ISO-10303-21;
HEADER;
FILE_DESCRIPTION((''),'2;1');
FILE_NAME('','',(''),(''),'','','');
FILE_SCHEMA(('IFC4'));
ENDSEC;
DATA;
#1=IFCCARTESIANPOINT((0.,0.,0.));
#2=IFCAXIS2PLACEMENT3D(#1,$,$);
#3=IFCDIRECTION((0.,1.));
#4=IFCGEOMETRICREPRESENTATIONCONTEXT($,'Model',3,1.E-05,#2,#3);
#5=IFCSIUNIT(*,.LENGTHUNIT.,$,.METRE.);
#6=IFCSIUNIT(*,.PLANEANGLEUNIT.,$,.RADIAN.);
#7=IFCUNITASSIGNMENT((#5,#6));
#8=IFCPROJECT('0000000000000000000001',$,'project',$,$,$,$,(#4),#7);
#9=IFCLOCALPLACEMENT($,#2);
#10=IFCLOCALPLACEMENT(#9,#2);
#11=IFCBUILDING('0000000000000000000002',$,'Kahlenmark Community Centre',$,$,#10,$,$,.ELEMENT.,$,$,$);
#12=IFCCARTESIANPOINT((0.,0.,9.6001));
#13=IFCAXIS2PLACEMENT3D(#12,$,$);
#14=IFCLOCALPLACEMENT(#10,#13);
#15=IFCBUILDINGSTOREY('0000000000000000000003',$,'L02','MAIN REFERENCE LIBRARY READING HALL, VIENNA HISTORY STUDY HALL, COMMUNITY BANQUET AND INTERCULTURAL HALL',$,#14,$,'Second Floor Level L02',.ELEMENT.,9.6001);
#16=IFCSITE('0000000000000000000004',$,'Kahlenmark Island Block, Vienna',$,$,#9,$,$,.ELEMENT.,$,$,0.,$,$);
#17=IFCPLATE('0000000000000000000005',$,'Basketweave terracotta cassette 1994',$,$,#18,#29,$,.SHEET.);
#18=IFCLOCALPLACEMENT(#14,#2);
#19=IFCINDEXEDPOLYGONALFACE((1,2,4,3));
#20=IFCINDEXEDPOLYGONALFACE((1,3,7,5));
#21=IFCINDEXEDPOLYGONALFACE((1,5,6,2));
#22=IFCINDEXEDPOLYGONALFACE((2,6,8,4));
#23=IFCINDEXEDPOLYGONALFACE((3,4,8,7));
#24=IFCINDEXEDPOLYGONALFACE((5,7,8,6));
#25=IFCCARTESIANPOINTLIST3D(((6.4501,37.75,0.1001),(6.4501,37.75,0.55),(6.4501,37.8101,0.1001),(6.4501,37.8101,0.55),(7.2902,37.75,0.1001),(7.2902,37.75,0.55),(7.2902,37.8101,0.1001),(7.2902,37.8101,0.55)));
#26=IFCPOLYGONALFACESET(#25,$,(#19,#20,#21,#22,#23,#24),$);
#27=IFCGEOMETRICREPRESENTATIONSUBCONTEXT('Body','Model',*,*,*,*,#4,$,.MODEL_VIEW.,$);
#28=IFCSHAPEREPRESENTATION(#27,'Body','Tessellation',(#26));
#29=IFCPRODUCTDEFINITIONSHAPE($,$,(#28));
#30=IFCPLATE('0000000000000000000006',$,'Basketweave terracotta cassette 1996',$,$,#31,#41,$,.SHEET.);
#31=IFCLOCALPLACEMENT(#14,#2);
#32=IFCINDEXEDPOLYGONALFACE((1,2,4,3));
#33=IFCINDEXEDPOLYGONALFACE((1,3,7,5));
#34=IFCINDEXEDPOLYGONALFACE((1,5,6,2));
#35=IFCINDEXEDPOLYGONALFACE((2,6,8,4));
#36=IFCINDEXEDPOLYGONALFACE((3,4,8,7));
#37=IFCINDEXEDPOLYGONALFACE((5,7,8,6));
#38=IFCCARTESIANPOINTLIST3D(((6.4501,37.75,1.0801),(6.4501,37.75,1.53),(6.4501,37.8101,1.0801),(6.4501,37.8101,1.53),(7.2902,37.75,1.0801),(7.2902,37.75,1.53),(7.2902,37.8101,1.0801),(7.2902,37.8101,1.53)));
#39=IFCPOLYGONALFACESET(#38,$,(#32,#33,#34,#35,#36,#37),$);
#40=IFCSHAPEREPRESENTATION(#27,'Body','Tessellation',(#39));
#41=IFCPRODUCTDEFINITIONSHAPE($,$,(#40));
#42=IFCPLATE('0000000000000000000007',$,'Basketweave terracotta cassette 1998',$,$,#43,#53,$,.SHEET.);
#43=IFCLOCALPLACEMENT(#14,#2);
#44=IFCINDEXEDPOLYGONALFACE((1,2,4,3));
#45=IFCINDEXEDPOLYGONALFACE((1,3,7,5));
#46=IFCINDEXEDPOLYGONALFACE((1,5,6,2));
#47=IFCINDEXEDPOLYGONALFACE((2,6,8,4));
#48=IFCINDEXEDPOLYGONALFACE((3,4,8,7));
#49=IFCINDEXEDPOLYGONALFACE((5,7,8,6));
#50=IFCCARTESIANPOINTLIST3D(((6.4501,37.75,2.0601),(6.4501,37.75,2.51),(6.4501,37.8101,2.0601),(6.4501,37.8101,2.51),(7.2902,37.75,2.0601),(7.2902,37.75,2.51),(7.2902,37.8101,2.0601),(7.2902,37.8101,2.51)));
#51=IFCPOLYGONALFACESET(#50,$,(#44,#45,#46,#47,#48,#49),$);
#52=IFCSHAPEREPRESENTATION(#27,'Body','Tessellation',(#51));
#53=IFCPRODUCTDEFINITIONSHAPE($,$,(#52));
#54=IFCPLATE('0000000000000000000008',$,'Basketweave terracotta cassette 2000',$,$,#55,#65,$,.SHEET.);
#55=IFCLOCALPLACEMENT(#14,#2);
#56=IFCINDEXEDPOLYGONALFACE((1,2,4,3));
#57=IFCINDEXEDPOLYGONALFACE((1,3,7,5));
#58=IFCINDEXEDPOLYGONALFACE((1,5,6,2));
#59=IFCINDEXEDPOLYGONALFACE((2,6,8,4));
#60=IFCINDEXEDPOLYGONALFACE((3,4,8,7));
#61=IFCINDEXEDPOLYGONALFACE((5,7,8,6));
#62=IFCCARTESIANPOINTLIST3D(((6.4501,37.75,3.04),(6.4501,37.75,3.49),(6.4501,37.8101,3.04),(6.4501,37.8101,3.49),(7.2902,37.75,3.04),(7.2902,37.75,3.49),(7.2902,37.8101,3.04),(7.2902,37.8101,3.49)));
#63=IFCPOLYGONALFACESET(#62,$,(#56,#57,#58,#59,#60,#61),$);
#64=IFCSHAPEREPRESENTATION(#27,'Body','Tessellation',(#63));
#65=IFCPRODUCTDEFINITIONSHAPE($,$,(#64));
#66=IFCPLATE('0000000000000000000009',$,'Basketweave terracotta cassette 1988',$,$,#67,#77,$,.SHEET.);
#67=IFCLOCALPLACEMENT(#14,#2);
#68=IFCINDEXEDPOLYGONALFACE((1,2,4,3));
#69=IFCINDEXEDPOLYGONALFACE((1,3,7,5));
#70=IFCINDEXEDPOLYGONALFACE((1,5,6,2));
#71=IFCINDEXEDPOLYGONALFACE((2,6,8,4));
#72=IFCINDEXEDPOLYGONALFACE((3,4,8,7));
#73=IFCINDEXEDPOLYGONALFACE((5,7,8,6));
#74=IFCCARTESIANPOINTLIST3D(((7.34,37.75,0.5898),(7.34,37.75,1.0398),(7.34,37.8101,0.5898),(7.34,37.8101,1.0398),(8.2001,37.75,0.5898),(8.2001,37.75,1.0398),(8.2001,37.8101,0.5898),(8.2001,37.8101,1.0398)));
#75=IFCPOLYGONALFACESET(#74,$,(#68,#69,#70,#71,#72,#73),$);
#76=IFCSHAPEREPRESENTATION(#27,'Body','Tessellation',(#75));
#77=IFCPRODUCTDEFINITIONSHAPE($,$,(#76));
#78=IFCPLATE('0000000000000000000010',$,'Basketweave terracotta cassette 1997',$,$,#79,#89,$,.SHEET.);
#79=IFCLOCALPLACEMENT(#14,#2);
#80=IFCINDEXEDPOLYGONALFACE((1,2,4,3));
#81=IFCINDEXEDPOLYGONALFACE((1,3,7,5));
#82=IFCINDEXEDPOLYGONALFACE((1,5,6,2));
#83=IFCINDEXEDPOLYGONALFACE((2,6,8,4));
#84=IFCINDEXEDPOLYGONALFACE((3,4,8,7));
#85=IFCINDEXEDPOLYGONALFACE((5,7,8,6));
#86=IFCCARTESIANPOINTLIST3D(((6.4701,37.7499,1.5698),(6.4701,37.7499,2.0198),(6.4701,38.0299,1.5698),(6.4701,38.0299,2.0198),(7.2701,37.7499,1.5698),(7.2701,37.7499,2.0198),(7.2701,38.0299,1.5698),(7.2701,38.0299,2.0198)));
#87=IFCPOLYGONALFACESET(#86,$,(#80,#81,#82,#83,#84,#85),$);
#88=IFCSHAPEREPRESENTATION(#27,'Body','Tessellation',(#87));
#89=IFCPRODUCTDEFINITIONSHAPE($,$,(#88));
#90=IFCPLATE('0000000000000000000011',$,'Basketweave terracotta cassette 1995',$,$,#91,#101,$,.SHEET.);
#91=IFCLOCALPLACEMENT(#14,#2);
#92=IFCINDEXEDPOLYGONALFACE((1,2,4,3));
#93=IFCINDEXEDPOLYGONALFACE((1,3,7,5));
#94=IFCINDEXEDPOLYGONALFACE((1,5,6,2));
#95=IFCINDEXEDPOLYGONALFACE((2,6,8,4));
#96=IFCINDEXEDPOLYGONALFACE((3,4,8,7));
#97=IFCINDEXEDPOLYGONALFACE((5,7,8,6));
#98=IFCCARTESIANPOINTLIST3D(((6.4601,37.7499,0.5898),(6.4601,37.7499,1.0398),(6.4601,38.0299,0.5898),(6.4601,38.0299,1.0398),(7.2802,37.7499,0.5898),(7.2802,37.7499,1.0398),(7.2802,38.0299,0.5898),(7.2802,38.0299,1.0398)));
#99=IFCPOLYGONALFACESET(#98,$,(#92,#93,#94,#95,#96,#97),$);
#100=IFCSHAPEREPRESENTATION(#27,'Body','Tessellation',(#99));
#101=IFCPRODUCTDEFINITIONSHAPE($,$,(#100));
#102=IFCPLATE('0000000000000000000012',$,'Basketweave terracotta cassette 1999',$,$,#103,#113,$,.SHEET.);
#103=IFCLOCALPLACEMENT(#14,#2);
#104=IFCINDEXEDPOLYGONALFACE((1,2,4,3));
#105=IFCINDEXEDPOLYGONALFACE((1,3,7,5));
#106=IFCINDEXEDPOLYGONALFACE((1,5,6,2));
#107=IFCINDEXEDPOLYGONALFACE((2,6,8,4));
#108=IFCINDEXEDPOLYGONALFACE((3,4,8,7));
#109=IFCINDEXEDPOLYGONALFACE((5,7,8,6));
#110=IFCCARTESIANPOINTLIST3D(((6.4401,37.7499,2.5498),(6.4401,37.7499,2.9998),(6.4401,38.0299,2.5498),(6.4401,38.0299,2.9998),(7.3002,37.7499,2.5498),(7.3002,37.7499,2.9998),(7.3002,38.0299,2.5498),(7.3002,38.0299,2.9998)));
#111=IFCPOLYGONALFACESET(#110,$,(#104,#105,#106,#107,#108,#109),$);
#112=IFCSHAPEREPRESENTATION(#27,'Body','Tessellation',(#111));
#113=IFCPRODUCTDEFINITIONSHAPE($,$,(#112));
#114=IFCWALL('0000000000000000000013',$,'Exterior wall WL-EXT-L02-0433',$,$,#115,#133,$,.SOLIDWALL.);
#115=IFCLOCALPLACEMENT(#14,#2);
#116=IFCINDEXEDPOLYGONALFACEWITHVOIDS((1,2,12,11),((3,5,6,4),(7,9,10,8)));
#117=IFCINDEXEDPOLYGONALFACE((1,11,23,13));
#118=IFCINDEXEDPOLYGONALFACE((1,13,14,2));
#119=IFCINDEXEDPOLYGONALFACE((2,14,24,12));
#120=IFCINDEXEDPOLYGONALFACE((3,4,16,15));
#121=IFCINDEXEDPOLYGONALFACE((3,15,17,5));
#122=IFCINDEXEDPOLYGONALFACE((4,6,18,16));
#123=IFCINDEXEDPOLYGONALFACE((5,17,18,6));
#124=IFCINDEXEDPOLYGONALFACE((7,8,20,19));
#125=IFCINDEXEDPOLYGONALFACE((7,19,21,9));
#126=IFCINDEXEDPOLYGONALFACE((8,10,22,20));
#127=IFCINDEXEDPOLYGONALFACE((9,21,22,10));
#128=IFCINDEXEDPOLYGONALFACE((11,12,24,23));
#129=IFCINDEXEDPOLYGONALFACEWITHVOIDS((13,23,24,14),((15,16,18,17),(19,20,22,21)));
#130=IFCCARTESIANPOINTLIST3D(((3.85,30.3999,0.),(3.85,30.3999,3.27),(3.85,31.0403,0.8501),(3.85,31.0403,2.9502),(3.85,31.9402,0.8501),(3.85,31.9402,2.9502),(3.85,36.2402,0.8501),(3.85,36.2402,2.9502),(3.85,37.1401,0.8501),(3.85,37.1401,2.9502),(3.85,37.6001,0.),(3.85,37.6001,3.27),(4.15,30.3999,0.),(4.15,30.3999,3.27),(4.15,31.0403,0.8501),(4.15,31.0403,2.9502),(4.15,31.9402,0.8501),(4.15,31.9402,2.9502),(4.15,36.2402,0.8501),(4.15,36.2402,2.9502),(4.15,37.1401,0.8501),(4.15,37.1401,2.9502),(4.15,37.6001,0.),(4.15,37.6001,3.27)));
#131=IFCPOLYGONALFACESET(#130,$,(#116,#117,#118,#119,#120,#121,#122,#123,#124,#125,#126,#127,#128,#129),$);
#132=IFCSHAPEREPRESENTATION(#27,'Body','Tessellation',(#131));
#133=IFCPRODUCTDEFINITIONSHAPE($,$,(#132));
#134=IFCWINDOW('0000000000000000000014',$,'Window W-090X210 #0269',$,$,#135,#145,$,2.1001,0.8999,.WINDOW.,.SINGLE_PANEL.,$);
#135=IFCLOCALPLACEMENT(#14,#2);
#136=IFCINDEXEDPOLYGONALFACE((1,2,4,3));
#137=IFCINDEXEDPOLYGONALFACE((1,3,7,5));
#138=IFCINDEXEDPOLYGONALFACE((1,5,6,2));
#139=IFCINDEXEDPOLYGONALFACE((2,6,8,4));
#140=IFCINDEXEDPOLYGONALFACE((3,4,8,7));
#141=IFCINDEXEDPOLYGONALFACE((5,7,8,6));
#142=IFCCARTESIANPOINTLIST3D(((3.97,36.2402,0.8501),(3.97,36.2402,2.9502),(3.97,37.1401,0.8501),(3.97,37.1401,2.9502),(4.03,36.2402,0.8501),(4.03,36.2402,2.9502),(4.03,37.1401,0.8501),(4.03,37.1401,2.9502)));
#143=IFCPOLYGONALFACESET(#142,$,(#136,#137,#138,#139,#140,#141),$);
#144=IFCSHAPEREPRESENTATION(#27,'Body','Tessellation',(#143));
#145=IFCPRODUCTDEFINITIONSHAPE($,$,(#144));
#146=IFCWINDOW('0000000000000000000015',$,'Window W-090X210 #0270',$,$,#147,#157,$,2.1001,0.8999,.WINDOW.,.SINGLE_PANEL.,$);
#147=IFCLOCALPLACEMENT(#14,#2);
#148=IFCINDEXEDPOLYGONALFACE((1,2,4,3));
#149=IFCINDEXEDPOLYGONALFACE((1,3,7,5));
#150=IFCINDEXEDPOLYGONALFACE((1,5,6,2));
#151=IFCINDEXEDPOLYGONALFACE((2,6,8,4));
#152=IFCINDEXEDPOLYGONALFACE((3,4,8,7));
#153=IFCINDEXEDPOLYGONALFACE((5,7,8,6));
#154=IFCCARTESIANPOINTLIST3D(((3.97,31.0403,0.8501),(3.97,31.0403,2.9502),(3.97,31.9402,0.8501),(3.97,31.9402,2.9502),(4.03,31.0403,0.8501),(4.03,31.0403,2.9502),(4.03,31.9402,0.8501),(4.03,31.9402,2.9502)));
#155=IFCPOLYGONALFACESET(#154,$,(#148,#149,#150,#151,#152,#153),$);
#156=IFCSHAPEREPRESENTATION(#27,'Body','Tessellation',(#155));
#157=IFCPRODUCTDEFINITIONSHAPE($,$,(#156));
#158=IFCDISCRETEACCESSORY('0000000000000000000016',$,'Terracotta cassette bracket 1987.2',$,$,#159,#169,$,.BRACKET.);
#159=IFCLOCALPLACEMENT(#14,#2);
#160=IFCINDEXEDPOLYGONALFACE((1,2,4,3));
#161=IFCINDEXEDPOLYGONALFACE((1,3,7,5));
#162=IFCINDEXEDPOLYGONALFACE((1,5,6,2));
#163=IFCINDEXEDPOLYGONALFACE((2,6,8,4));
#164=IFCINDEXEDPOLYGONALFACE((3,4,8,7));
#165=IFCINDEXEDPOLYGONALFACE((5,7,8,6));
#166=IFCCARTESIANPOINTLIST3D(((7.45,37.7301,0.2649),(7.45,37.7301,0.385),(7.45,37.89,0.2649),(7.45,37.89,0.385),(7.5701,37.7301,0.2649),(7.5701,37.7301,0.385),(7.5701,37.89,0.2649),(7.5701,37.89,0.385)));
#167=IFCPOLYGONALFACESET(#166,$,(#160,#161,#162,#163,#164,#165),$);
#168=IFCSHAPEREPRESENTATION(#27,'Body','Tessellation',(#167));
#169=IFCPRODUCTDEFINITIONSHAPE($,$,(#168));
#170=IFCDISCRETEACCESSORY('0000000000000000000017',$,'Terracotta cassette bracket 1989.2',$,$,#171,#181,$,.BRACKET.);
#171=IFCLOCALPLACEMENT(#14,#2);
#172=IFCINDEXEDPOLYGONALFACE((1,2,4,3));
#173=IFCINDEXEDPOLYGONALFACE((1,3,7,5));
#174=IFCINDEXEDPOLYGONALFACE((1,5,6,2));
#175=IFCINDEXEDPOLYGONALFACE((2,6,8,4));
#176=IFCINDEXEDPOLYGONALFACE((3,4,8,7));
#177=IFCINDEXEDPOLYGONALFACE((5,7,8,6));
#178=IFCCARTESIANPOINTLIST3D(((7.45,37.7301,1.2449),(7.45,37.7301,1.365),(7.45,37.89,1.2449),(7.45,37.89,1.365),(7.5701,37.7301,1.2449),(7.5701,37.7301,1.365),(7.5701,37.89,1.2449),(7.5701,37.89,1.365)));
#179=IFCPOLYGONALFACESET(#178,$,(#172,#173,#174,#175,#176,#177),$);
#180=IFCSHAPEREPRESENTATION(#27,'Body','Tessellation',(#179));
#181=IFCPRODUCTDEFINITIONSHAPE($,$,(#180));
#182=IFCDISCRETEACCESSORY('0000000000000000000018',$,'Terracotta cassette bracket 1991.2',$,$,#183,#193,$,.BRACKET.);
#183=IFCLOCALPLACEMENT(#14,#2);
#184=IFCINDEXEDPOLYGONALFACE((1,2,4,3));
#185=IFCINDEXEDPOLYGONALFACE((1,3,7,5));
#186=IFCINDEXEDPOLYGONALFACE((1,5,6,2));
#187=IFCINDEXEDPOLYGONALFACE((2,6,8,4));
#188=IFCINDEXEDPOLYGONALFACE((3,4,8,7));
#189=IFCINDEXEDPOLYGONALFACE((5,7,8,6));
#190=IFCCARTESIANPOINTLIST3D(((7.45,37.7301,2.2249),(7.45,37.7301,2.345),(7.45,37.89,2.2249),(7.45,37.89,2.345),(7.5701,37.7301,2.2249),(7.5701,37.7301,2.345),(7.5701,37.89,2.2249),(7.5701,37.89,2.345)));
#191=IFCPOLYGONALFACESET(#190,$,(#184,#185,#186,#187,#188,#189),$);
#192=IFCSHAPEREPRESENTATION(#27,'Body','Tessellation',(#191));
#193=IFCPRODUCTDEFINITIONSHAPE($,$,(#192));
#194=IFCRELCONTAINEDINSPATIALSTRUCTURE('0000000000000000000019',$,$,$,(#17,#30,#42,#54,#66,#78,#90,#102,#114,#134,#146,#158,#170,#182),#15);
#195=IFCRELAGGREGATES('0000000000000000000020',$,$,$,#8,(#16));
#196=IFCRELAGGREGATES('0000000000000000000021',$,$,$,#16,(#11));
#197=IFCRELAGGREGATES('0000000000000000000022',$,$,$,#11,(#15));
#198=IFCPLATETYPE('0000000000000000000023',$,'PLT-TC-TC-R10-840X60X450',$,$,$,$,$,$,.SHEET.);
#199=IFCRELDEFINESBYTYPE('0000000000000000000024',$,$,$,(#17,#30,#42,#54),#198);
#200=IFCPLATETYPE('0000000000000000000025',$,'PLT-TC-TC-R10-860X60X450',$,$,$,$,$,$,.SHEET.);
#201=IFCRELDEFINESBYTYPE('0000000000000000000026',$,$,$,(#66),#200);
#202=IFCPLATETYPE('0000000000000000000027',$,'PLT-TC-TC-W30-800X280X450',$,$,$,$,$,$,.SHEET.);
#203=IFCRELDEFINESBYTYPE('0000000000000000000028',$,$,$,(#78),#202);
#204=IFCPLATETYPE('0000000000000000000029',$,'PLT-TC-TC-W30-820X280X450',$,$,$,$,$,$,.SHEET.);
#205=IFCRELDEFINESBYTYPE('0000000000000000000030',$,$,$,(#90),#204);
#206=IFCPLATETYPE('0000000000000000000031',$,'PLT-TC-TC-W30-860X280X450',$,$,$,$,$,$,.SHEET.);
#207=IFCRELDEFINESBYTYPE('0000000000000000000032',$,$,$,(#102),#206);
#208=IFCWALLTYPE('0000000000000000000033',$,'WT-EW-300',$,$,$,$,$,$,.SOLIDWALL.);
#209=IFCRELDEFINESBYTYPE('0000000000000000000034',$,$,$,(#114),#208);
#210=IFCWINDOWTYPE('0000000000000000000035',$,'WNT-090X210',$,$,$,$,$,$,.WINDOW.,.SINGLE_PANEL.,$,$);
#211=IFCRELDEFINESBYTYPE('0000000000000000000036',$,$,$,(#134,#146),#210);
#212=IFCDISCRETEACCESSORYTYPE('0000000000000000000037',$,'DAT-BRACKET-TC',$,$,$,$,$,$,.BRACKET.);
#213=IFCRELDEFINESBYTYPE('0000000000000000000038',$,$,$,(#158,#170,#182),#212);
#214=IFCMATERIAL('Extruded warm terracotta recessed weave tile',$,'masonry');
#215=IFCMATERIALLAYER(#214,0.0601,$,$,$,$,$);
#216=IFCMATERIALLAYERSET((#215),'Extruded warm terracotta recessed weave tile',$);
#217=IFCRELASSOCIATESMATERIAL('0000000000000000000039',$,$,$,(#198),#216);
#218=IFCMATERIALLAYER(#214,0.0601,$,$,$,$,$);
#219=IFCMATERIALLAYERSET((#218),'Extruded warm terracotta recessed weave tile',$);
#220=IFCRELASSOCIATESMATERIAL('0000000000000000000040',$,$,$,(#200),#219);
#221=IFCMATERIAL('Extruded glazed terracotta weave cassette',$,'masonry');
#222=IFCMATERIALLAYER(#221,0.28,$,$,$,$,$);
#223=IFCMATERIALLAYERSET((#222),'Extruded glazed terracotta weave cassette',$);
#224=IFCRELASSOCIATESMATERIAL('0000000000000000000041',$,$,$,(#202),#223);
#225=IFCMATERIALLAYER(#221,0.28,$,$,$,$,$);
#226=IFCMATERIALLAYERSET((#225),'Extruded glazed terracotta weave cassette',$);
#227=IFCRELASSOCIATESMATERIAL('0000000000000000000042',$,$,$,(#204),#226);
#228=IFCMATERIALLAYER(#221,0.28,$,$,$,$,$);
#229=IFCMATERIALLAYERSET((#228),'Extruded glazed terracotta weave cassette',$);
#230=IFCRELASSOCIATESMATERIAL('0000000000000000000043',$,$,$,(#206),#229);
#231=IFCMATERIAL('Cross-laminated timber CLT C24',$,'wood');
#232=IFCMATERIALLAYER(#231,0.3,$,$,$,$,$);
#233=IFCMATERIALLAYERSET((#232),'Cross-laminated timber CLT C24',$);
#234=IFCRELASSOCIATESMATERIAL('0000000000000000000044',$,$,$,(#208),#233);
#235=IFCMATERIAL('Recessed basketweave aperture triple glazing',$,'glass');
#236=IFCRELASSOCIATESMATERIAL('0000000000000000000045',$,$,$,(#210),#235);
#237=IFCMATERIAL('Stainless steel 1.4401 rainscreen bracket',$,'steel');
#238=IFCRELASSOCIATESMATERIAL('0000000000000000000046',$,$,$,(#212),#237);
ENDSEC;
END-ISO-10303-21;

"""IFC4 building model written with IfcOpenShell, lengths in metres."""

from ifc_helpers import new_model, si_unit, direction, frame, frame_2d, origin, origin_2d, place, context, subcontext, project, spatial, rectangle, extrude, material, layer, layer_set, type_object, element, fill, save


model = new_model("IFC4")

# Units and contexts
model_context = context("Model", 3, precision=1e-05, world=origin(), true_north=direction((0.0, 1.0)))
body_context = subcontext(model_context, "Body", "Model", "MODEL_VIEW")
ifc_project = project(units=[si_unit("LENGTHUNIT", "METRE"), si_unit("PLANEANGLEUNIT", "RADIAN")], contexts=[model_context])

# Site, building, storey
site_placement = place(None, origin())
site = spatial("IfcSite", under=ifc_project, at=site_placement, Name="Kahlenmark Island Block, Vienna", CompositionType="ELEMENT", RefElevation=0.0)
building_placement = place(site_placement, origin())
building = spatial("IfcBuilding", under=site, at=building_placement, Name="Kahlenmark Community Centre", CompositionType="ELEMENT")
storey_placement = place(building_placement, frame((0.0, 0.0, 9.6001)))
storey = spatial("IfcBuildingStorey", under=building, at=storey_placement, Name="L02", Description="MAIN REFERENCE LIBRARY READING HALL, VIENNA HISTORY STUDY HALL, COMMUNITY BANQUET AND INTERCULTURAL HALL", LongName="Second Floor Level L02", CompositionType="ELEMENT", Elevation=9.6001)

# Plates
ifc_material_1 = material(Name="Extruded warm terracotta recessed weave tile", Category="masonry")
ifc_layer_1 = layer(ifc_material_1, 0.0601)
ifc_layer_set_1 = layer_set([ifc_layer_1], Name="Extruded warm terracotta recessed weave tile")
plate_type_1 = type_object("IfcPlateType", Name="PLT-TC-TC-R10-840X60X450", PredefinedType="SHEET", material=ifc_layer_set_1)
for number, where, z_axis, x_axis, name in (
    (1, (6.8701, 37.78, 0.1001), (0.0, 0.0, 1.0), (-1.0, 0.0, 0.0), "Basketweave terracotta cassette 1994"),
    (2, (6.8701, 37.78, 1.0801), (0.0, 0.0, 1.0), (-1.0, 0.0, 0.0), "Basketweave terracotta cassette 1996"),
    (3, (6.8701, 37.78, 2.0601), (0.0, 0.0, 1.0), (-1.0, 0.0, 0.0), "Basketweave terracotta cassette 1998"),
    (4, (6.8701, 37.78, 3.04), (0.0, 0.0, 1.0), (-1.0, 0.0, 0.0), "Basketweave terracotta cassette 2000"),
):
    element("IfcPlate", number, at=place(storey_placement, frame(where, z_axis=z_axis, x_axis=x_axis)), inside=storey, type_object=plate_type_1, Name=name, PredefinedType="SHEET", context=body_context, shape_type="SweptSolid", body=[
        extrude(rectangle(XDim=0.8401, YDim=0.0601, at=origin_2d()), origin(), (0.0, 0.0, 1.0), 0.45),
    ])
ifc_layer_2 = layer(ifc_material_1, 0.0601)
ifc_layer_set_2 = layer_set([ifc_layer_2], Name="Extruded warm terracotta recessed weave tile")
plate_type_2 = type_object("IfcPlateType", Name="PLT-TC-TC-R10-860X60X450", PredefinedType="SHEET", material=ifc_layer_set_2)
plate_1_placement = place(storey_placement, frame((7.77, 37.78, 0.5898), z_axis=(0.0, 0.0, 1.0), x_axis=(-1.0, 0.0, 0.0)))
element("IfcPlate", 5, at=plate_1_placement, inside=storey, type_object=plate_type_2, Name="Basketweave terracotta cassette 1988", PredefinedType="SHEET", context=body_context, shape_type="SweptSolid", body=[
    extrude(rectangle(XDim=0.8601, YDim=0.0601, at=origin_2d()), origin(), (0.0, 0.0, 1.0), 0.45),
])
ifc_material_2 = material(Name="Extruded glazed terracotta weave cassette", Category="masonry")
ifc_layer_3 = layer(ifc_material_2, 0.28)
ifc_layer_set_3 = layer_set([ifc_layer_3], Name="Extruded glazed terracotta weave cassette")
plate_type_3 = type_object("IfcPlateType", Name="PLT-TC-TC-W30-800X280X450", PredefinedType="SHEET", material=ifc_layer_set_3)
plate_2_placement = place(storey_placement, frame((6.8701, 37.8899, 1.5698), z_axis=(0.0, 0.0, 1.0), x_axis=(-1.0, 0.0, 0.0)))
element("IfcPlate", 6, at=plate_2_placement, inside=storey, type_object=plate_type_3, Name="Basketweave terracotta cassette 1997", PredefinedType="SHEET", context=body_context, shape_type="SweptSolid", body=[
    extrude(rectangle(XDim=0.8, YDim=0.28, at=origin_2d()), origin(), (0.0, 0.0, 1.0), 0.45),
])
ifc_layer_4 = layer(ifc_material_2, 0.28)
ifc_layer_set_4 = layer_set([ifc_layer_4], Name="Extruded glazed terracotta weave cassette")
plate_type_4 = type_object("IfcPlateType", Name="PLT-TC-TC-W30-820X280X450", PredefinedType="SHEET", material=ifc_layer_set_4)
plate_3_placement = place(storey_placement, frame((6.8701, 37.8899, 0.5898), z_axis=(0.0, 0.0, 1.0), x_axis=(-1.0, 0.0, 0.0)))
element("IfcPlate", 7, at=plate_3_placement, inside=storey, type_object=plate_type_4, Name="Basketweave terracotta cassette 1995", PredefinedType="SHEET", context=body_context, shape_type="SweptSolid", body=[
    extrude(rectangle(XDim=0.8201, YDim=0.28, at=origin_2d()), origin(), (0.0, 0.0, 1.0), 0.45),
])
ifc_layer_5 = layer(ifc_material_2, 0.28)
ifc_layer_set_5 = layer_set([ifc_layer_5], Name="Extruded glazed terracotta weave cassette")
plate_type_5 = type_object("IfcPlateType", Name="PLT-TC-TC-W30-860X280X450", PredefinedType="SHEET", material=ifc_layer_set_5)
plate_4_placement = place(storey_placement, frame((6.8701, 37.8899, 2.5498), z_axis=(0.0, 0.0, 1.0), x_axis=(-1.0, 0.0, 0.0)))
element("IfcPlate", 8, at=plate_4_placement, inside=storey, type_object=plate_type_5, Name="Basketweave terracotta cassette 1999", PredefinedType="SHEET", context=body_context, shape_type="SweptSolid", body=[
    extrude(rectangle(XDim=0.8601, YDim=0.28, at=origin_2d()), origin(), (0.0, 0.0, 1.0), 0.45),
])

# Wall, openings, windows
ifc_material_3 = material(Name="Cross-laminated timber CLT C24", Category="wood")
ifc_layer_6 = layer(ifc_material_3, 0.3)
ifc_layer_set_6 = layer_set([ifc_layer_6], Name="Cross-laminated timber CLT C24")
wall_type = type_object("IfcWallType", Name="WT-EW-300", PredefinedType="SOLIDWALL", material=ifc_layer_set_6)
wall_placement = place(storey_placement, frame((4.0, 37.6001, 0.0), z_axis=(0.0, 0.0, 1.0), x_axis=(0.0, -1.0, 0.0)))
wall = element("IfcWall", 9, at=wall_placement, inside=storey, type_object=wall_type, Name="Exterior wall WL-EXT-L02-0433", PredefinedType="SOLIDWALL", context=body_context, shape_type="SweptSolid", body=[
    extrude(rectangle(XDim=7.2002, YDim=0.3, at=frame_2d((3.6001, 0.0))), origin(), (0.0, 0.0, 1.0), 3.27),
])
opening_1_placement = place(wall_placement, frame((0.46, 0.0, 0.8501)))
opening_1 = element("IfcOpeningElement", 10, at=opening_1_placement, cuts=wall, PredefinedType="OPENING", context=body_context, shape_type="SweptSolid", body=[
    extrude(rectangle(XDim=0.8999, YDim=2.1001, at=frame_2d((0.45, 1.05))), frame((0.0, 0.1599, 0.0), z_axis=(0.0, -1.0, 0.0), x_axis=(1.0, 0.0, 0.0)), (0.0, 0.0, 1.0), 0.3201),
])
opening_2_placement = place(wall_placement, frame((5.6599, 0.0, 0.8501)))
opening_2 = element("IfcOpeningElement", 11, at=opening_2_placement, cuts=wall, PredefinedType="OPENING", context=body_context, shape_type="SweptSolid", body=[
    extrude(rectangle(XDim=0.8999, YDim=2.1001, at=frame_2d((0.45, 1.05))), frame((0.0, 0.1599, 0.0), z_axis=(0.0, -1.0, 0.0), x_axis=(1.0, 0.0, 0.0)), (0.0, 0.0, 1.0), 0.3201),
])
ifc_material_4 = material(Name="Recessed basketweave aperture triple glazing", Category="glass")
window_type = type_object("IfcWindowType", Name="WNT-090X210", PartitioningType="SINGLE_PANEL", PredefinedType="WINDOW", material=ifc_material_4)
window_1_placement = place(opening_1_placement, origin())
window_1 = element("IfcWindow", 12, at=window_1_placement, inside=storey, type_object=window_type, Name="Window W-090X210 #0269", OverallHeight=2.1001, OverallWidth=0.8999, PartitioningType="SINGLE_PANEL", PredefinedType="WINDOW", context=body_context, shape_type="SweptSolid", body=[
    extrude(rectangle(XDim=0.8999, YDim=2.1001, at=frame_2d((0.45, 1.05))), frame((0.0, 0.03, 0.0), z_axis=(0.0, -1.0, 0.0), x_axis=(1.0, 0.0, 0.0)), (0.0, 0.0, 1.0), 0.0601),
])
fill(opening_1, window_1)
window_2_placement = place(opening_2_placement, origin())
window_2 = element("IfcWindow", 13, at=window_2_placement, inside=storey, type_object=window_type, Name="Window W-090X210 #0270", OverallHeight=2.1001, OverallWidth=0.8999, PartitioningType="SINGLE_PANEL", PredefinedType="WINDOW", context=body_context, shape_type="SweptSolid", body=[
    extrude(rectangle(XDim=0.8999, YDim=2.1001, at=frame_2d((0.45, 1.05))), frame((0.0, 0.03, 0.0), z_axis=(0.0, -1.0, 0.0), x_axis=(1.0, 0.0, 0.0)), (0.0, 0.0, 1.0), 0.0601),
])
fill(opening_2, window_2)

# Discrete accessories
ifc_material_5 = material(Name="Stainless steel 1.4401 rainscreen bracket", Category="steel")
discrete_accessory_type = type_object("IfcDiscreteAccessoryType", Name="DAT-BRACKET-TC", PredefinedType="BRACKET", material=ifc_material_5)
for number, where, z_axis, x_axis, name in (
    (14, (7.51, 37.8101, 0.2649), (0.0, 0.0, 1.0), (-1.0, 0.0, 0.0), "Terracotta cassette bracket 1987.2"),
    (15, (7.51, 37.8101, 1.2449), (0.0, 0.0, 1.0), (-1.0, 0.0, 0.0), "Terracotta cassette bracket 1989.2"),
    (16, (7.51, 37.8101, 2.2249), (0.0, 0.0, 1.0), (-1.0, 0.0, 0.0), "Terracotta cassette bracket 1991.2"),
):
    element("IfcDiscreteAccessory", number, at=place(storey_placement, frame(where, z_axis=z_axis, x_axis=x_axis)), inside=storey, type_object=discrete_accessory_type, Name=name, PredefinedType="BRACKET", context=body_context, shape_type="SweptSolid", body=[
        extrude(rectangle(XDim=0.1201, YDim=0.1599, at=origin_2d()), origin(), (0.0, 0.0, 1.0), 0.1201),
    ])

save(model, "model.ifc")
